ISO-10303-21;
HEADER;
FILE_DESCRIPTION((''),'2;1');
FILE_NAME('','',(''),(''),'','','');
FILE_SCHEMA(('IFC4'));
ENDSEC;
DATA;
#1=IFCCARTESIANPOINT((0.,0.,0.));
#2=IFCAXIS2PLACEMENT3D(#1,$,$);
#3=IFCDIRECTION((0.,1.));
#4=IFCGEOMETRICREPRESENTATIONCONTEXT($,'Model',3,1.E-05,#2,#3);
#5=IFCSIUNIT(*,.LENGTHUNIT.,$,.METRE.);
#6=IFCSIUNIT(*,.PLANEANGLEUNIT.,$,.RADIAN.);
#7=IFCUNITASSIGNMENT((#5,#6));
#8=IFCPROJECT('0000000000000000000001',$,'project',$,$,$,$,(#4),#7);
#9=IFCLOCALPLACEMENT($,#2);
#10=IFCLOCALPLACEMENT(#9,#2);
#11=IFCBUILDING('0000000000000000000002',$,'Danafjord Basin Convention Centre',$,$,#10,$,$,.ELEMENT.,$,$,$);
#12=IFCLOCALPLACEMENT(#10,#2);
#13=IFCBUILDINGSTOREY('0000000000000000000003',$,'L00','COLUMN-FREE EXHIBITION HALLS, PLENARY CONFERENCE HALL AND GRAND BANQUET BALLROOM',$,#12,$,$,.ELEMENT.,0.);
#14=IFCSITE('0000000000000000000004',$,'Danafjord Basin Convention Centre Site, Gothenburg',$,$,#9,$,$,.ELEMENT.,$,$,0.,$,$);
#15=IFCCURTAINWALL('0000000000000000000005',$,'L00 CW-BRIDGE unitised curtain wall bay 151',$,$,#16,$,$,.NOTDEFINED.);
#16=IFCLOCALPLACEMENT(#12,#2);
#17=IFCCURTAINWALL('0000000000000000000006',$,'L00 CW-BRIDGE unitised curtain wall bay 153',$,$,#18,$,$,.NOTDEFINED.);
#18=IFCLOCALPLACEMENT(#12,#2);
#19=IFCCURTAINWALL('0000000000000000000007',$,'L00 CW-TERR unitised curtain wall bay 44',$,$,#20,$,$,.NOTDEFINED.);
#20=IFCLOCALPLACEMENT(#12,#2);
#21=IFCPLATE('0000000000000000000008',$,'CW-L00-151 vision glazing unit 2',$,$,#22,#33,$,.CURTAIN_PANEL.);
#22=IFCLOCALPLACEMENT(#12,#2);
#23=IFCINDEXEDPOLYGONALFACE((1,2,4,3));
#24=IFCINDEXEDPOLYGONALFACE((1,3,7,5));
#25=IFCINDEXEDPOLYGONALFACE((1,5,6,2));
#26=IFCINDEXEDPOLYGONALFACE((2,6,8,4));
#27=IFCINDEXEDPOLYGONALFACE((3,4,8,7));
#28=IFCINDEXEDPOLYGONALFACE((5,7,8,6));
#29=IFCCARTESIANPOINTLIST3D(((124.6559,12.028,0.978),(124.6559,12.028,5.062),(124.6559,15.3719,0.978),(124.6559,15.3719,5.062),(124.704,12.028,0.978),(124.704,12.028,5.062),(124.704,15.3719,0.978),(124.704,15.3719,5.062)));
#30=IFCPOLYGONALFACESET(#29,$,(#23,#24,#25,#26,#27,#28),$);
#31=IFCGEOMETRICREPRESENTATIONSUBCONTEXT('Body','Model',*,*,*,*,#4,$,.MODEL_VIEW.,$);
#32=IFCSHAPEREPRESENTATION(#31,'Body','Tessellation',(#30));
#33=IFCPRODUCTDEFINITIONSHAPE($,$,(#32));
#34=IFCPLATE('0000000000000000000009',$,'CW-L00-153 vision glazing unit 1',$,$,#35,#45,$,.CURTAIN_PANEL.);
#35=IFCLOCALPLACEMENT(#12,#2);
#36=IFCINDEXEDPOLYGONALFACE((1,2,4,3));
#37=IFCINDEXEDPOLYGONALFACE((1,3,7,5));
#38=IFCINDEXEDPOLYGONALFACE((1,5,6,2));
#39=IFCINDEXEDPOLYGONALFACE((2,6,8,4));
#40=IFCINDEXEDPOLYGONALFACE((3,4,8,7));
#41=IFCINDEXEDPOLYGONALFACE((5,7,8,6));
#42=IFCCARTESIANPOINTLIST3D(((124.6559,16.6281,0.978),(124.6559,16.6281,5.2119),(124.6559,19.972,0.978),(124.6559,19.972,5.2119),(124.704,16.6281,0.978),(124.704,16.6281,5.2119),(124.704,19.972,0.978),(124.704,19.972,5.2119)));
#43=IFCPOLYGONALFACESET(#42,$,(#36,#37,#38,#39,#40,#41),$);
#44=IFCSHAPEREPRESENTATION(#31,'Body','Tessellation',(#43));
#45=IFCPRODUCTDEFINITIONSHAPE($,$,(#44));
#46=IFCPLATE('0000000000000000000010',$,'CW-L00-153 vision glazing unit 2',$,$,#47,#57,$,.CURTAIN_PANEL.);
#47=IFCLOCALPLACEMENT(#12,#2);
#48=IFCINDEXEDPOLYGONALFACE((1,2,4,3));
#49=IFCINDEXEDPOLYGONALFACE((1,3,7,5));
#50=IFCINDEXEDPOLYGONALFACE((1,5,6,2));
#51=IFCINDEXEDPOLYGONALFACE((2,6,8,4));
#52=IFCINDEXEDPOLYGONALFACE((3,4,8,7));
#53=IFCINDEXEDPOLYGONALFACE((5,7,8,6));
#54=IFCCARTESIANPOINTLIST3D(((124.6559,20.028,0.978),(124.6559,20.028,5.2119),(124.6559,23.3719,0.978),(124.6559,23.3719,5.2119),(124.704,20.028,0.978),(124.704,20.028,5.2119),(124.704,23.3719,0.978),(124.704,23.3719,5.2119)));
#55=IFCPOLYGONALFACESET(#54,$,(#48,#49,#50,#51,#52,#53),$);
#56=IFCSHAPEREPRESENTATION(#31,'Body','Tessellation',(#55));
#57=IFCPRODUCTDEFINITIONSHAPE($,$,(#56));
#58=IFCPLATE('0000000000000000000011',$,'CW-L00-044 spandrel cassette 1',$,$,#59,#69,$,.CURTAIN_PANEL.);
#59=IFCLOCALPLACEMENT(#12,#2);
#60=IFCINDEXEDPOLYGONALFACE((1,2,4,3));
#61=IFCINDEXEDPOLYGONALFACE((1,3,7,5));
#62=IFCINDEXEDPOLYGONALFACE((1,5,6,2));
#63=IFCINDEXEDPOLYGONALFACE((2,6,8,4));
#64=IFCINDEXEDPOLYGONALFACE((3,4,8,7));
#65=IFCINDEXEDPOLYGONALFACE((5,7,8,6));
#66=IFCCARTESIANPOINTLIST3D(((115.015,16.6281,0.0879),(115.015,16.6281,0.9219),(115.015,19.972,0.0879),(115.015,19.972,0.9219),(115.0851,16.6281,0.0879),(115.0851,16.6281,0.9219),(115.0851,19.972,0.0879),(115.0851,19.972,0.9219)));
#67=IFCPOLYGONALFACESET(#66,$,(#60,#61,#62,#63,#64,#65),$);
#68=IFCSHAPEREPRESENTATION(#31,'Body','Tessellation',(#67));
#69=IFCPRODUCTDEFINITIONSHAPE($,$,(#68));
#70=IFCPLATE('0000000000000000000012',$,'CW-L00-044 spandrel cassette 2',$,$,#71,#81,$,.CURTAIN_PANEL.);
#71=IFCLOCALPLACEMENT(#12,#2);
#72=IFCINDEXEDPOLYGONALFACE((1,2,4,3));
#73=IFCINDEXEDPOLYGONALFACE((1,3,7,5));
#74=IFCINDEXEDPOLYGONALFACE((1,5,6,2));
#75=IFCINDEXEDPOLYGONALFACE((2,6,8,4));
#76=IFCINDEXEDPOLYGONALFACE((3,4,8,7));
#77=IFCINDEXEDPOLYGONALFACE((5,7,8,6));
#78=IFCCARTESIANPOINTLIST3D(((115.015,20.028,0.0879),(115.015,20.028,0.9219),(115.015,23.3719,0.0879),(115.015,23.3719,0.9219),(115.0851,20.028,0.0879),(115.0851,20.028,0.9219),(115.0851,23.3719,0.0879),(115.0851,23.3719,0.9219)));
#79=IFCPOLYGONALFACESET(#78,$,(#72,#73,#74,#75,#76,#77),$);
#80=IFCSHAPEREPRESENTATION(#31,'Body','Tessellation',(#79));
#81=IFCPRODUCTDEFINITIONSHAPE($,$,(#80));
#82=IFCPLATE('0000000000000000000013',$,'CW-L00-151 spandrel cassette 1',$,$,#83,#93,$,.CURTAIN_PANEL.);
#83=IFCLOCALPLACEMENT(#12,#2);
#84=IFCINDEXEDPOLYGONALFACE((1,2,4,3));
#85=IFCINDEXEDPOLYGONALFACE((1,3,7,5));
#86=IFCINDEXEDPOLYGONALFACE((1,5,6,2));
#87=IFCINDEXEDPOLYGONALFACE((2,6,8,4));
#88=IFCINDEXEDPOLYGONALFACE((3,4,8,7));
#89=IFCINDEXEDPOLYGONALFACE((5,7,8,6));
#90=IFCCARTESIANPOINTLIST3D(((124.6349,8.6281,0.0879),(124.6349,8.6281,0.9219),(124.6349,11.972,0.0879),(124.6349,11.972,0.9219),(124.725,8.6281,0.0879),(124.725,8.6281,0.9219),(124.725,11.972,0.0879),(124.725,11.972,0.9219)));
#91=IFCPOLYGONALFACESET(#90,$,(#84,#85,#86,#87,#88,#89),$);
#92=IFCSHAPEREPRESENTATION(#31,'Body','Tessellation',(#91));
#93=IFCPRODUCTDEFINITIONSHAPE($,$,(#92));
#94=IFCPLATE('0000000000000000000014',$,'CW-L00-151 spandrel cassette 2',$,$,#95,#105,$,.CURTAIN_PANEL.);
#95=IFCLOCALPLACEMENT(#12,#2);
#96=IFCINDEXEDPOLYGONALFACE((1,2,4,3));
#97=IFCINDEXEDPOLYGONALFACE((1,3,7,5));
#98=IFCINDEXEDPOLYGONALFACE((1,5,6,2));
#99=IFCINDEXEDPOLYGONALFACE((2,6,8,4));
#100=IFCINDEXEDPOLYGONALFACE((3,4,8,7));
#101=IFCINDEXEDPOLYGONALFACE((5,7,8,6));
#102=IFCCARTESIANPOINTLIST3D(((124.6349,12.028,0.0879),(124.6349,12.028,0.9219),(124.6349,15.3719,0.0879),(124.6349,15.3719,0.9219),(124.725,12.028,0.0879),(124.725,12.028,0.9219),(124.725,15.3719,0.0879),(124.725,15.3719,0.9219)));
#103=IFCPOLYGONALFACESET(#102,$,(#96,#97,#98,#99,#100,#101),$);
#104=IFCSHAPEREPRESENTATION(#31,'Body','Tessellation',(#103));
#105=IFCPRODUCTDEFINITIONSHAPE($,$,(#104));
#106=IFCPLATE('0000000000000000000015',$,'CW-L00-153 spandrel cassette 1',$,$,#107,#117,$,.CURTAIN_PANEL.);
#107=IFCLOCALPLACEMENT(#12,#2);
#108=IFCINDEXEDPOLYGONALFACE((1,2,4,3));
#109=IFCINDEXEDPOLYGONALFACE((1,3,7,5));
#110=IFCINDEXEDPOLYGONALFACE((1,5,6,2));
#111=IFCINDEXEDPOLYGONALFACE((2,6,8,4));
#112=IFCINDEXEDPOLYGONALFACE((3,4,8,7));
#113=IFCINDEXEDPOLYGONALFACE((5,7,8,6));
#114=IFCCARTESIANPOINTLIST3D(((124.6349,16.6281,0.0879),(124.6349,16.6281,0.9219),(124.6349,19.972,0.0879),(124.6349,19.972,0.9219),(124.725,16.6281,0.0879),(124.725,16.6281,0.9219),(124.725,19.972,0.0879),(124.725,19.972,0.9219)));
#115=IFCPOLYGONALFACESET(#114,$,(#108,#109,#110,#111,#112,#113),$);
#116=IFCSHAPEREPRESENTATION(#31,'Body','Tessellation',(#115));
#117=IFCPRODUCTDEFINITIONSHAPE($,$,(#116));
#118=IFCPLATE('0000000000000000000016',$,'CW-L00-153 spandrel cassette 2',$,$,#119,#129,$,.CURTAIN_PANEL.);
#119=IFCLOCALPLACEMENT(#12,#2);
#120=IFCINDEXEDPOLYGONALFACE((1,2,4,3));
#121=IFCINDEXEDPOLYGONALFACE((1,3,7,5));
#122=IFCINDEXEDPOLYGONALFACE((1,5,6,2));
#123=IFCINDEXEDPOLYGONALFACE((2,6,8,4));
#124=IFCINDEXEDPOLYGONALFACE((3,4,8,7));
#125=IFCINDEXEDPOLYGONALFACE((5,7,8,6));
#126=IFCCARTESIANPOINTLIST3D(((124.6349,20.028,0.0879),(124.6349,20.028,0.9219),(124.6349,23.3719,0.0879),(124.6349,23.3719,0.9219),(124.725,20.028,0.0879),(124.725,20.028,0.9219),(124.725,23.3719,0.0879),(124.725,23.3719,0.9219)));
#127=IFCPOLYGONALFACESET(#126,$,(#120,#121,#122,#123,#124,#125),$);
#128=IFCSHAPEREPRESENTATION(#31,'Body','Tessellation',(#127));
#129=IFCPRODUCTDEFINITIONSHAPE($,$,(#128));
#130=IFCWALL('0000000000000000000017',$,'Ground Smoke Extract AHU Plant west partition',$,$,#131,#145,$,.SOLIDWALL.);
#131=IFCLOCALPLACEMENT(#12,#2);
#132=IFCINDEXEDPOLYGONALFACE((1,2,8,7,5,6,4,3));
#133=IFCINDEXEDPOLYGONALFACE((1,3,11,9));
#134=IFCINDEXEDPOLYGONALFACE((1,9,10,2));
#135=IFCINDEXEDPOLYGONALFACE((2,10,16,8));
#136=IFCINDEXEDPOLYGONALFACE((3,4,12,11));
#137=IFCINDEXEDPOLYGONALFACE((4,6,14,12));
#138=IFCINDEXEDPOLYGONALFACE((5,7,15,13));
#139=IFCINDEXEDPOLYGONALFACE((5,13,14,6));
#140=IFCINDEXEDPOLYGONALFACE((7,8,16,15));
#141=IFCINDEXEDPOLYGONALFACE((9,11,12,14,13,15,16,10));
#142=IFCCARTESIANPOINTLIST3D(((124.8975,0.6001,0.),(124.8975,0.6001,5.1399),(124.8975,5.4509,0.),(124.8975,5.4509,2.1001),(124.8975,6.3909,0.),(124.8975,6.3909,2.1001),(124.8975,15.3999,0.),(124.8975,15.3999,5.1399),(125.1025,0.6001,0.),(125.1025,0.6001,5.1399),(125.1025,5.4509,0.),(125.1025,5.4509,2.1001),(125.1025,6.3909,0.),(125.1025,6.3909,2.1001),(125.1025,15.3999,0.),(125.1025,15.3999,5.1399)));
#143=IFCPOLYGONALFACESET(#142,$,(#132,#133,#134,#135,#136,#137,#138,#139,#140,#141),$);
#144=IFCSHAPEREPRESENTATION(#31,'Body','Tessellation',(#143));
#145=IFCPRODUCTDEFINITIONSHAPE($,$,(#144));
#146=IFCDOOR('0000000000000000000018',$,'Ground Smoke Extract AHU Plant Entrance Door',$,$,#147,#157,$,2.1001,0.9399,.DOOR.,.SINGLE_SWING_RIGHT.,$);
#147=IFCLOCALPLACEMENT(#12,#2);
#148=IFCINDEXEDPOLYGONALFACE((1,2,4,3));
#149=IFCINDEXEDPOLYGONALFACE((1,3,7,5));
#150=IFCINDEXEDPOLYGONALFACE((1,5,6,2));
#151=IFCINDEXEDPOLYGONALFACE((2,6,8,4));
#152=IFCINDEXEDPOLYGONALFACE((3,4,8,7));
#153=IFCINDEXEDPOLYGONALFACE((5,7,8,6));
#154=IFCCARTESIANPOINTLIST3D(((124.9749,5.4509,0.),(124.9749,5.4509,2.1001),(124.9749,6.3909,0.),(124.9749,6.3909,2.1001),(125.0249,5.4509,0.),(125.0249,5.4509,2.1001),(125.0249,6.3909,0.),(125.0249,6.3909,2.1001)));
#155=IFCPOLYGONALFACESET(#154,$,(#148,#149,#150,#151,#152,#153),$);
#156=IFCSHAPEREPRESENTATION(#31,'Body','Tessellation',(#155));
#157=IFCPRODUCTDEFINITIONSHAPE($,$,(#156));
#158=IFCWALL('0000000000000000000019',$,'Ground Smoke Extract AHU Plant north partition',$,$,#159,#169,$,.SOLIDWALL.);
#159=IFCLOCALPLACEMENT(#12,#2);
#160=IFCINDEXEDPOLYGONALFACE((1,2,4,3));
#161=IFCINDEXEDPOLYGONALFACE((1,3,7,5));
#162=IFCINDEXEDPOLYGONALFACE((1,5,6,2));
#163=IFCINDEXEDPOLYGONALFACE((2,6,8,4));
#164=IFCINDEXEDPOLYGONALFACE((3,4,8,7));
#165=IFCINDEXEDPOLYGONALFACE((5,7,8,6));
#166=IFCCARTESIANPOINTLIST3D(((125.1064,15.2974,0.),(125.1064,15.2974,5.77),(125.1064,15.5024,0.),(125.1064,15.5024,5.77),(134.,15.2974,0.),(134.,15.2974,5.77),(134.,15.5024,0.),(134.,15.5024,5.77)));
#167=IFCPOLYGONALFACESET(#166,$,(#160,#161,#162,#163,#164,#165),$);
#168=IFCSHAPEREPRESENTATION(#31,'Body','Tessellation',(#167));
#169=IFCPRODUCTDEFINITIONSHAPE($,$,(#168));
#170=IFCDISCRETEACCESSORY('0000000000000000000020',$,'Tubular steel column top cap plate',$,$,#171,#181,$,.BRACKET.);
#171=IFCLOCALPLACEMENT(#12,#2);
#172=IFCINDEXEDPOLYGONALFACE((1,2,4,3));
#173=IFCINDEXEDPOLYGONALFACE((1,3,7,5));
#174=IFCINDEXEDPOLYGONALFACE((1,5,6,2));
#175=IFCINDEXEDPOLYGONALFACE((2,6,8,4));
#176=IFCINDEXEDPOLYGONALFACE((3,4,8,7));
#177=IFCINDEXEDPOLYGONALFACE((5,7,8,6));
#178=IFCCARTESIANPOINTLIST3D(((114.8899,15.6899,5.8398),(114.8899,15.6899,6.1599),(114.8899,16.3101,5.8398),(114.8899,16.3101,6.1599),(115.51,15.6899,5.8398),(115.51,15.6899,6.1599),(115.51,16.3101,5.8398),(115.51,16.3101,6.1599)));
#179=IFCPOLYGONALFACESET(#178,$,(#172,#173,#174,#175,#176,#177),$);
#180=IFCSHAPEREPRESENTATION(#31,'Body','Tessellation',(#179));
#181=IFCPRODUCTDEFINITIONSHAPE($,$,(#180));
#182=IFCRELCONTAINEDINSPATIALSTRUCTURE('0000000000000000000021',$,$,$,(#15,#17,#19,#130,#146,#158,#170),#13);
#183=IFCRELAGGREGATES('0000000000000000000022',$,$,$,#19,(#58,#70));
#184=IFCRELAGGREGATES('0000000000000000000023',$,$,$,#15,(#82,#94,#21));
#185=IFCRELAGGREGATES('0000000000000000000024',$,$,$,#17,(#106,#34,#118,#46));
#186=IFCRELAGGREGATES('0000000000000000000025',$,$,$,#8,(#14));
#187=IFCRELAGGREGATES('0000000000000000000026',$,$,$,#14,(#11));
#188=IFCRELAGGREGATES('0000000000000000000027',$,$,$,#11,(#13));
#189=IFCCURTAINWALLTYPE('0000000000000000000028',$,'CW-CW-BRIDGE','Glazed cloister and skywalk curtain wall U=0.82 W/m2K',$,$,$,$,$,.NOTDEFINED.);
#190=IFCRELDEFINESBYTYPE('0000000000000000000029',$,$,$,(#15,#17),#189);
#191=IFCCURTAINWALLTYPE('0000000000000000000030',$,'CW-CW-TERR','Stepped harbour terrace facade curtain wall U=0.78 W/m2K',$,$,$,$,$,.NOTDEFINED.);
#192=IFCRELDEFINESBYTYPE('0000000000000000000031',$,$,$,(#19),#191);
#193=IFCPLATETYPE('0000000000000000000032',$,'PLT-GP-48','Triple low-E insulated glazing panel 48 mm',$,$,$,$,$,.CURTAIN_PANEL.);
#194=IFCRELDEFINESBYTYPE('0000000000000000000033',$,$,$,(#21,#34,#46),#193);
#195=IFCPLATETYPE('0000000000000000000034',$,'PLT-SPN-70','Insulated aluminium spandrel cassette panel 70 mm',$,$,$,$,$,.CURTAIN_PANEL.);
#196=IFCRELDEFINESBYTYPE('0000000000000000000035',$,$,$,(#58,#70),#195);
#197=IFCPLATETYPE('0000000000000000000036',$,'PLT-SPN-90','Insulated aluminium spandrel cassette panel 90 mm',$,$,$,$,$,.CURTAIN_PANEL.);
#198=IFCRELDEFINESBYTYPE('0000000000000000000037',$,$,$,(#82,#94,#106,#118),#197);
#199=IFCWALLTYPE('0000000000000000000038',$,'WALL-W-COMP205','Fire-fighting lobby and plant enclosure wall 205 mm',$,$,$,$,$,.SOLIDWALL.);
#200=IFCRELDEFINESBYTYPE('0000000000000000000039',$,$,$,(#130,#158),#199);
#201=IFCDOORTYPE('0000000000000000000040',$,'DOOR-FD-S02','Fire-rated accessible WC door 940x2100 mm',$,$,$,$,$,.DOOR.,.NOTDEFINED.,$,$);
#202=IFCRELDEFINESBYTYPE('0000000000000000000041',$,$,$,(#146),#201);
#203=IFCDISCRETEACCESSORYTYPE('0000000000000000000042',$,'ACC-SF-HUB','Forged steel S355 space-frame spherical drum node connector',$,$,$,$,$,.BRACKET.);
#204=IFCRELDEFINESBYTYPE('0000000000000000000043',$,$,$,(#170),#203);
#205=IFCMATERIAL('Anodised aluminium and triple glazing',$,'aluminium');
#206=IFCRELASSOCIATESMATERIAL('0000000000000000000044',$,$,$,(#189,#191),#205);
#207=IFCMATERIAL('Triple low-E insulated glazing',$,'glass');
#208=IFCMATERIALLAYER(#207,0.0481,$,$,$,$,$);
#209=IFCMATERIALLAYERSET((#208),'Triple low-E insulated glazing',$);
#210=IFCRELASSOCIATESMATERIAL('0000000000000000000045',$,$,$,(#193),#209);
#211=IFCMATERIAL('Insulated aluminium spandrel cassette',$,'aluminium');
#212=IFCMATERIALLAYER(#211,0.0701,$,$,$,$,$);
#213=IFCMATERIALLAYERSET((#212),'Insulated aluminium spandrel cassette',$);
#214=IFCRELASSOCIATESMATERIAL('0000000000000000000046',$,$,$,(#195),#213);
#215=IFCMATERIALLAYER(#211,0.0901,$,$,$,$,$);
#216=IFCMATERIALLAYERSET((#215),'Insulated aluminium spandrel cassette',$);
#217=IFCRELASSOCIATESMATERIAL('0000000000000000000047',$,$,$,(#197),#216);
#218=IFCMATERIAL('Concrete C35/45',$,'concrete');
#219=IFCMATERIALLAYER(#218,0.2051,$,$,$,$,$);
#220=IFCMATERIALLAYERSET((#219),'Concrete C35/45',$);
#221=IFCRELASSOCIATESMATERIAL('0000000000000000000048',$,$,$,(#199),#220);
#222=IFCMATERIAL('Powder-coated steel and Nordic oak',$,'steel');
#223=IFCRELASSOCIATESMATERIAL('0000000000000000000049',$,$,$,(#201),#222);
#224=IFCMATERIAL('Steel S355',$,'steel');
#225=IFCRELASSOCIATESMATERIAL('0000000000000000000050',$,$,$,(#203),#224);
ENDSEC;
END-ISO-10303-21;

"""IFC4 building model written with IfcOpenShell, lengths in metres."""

from ifc_helpers import new_model, si_unit, direction, frame, frame_2d, origin, origin_2d, place, context, subcontext, project, spatial, rectangle, extrude, material, layer, layer_set, type_object, element, fill, aggregate, save


model = new_model("IFC4")

# Units and contexts
model_context = context("Model", 3, precision=1e-05, world=origin(), true_north=direction((0.0, 1.0)))
body_context = subcontext(model_context, "Body", "Model", "MODEL_VIEW")
ifc_project = project(units=[si_unit("LENGTHUNIT", "METRE"), si_unit("PLANEANGLEUNIT", "RADIAN")], contexts=[model_context])

# Site, building, storey
site_placement = place(None, origin())
site = spatial("IfcSite", under=ifc_project, at=site_placement, Name="Danafjord Basin Convention Centre Site, Gothenburg", CompositionType="ELEMENT", RefElevation=0.0)
building_placement = place(site_placement, origin())
building = spatial("IfcBuilding", under=site, at=building_placement, Name="Danafjord Basin Convention Centre", CompositionType="ELEMENT")
storey_placement = place(building_placement, origin())
storey = spatial("IfcBuildingStorey", under=building, at=storey_placement, Name="L00", Description="COLUMN-FREE EXHIBITION HALLS, PLENARY CONFERENCE HALL AND GRAND BANQUET BALLROOM", CompositionType="ELEMENT", Elevation=0.0)

# Shared definitions
ifc_material_1 = material(Name="Steel S355", Category="steel")

# Curtain walls
ifc_material_2 = material(Name="Anodised aluminium and triple glazing", Category="aluminium")
curtain_wall_type_1 = type_object("IfcCurtainWallType", Name="CW-CW-BRIDGE", Description="Glazed cloister and skywalk curtain wall U=0.82 W/m2K", PredefinedType="NOTDEFINED", material=ifc_material_2)
curtain_wall_1_placement = place(storey_placement, origin())
curtain_wall_1 = element("IfcCurtainWall", 1, at=curtain_wall_1_placement, inside=storey, type_object=curtain_wall_type_1, Name="L00 CW-BRIDGE unitised curtain wall bay 151", PredefinedType="NOTDEFINED")
curtain_wall_2_placement = place(storey_placement, origin())
curtain_wall_2 = element("IfcCurtainWall", 2, at=curtain_wall_2_placement, inside=storey, type_object=curtain_wall_type_1, Name="L00 CW-BRIDGE unitised curtain wall bay 153", PredefinedType="NOTDEFINED")

# Curtain wall
curtain_wall_type_2 = type_object("IfcCurtainWallType", Name="CW-CW-TERR", Description="Stepped harbour terrace facade curtain wall U=0.78 W/m2K", PredefinedType="NOTDEFINED", material=ifc_material_2)
curtain_wall_3_placement = place(storey_placement, origin())
curtain_wall_3 = element("IfcCurtainWall", 3, at=curtain_wall_3_placement, inside=storey, type_object=curtain_wall_type_2, Name="L00 CW-TERR unitised curtain wall bay 44", PredefinedType="NOTDEFINED")
ifc_material_3 = material(Name="Triple low-E insulated glazing", Category="glass")

# Plates
ifc_layer_1 = layer(ifc_material_3, 0.0481)
ifc_layer_set_1 = layer_set([ifc_layer_1], Name="Triple low-E insulated glazing")
plate_type_1 = type_object("IfcPlateType", Name="PLT-GP-48", Description="Triple low-E insulated glazing panel 48 mm", PredefinedType="CURTAIN_PANEL", material=ifc_layer_set_1)
plate_1_placement = place(storey_placement, frame((124.6799, 13.7, 0.978), z_axis=(0.0, 0.0, 1.0), x_axis=(0.0, 1.0, 0.0)))
plate_1 = element("IfcPlate", 4, at=plate_1_placement, type_object=plate_type_1, Name="CW-L00-151 vision glazing unit 2", PredefinedType="CURTAIN_PANEL", context=body_context, shape_type="SweptSolid", body=[
    extrude(rectangle(XDim=3.344, YDim=0.0481, at=origin_2d()), origin(), (0.0, 0.0, 1.0), 4.084),
])
plate_2_placement = place(storey_placement, frame((124.6799, 18.3, 0.978), z_axis=(0.0, 0.0, 1.0), x_axis=(0.0, 1.0, 0.0)))
plate_2 = element("IfcPlate", 5, at=plate_2_placement, type_object=plate_type_1, Name="CW-L00-153 vision glazing unit 1", PredefinedType="CURTAIN_PANEL", context=body_context, shape_type="SweptSolid", body=[
    extrude(rectangle(XDim=3.344, YDim=0.0481, at=origin_2d()), origin(), (0.0, 0.0, 1.0), 4.2339),
])
plate_3_placement = place(storey_placement, frame((124.6799, 21.7, 0.978), z_axis=(0.0, 0.0, 1.0), x_axis=(0.0, 1.0, 0.0)))
plate_3 = element("IfcPlate", 6, at=plate_3_placement, type_object=plate_type_1, Name="CW-L00-153 vision glazing unit 2", PredefinedType="CURTAIN_PANEL", context=body_context, shape_type="SweptSolid", body=[
    extrude(rectangle(XDim=3.344, YDim=0.0481, at=origin_2d()), origin(), (0.0, 0.0, 1.0), 4.2339),
])
ifc_material_4 = material(Name="Insulated aluminium spandrel cassette", Category="aluminium")
ifc_layer_2 = layer(ifc_material_4, 0.0701)
ifc_layer_set_2 = layer_set([ifc_layer_2], Name="Insulated aluminium spandrel cassette")
plate_type_2 = type_object("IfcPlateType", Name="PLT-SPN-70", Description="Insulated aluminium spandrel cassette panel 70 mm", PredefinedType="CURTAIN_PANEL", material=ifc_layer_set_2)
plate_4_placement = place(storey_placement, frame((115.05, 18.3, 0.0879), z_axis=(0.0, 0.0, 1.0), x_axis=(0.0, 1.0, 0.0)))
plate_4 = element("IfcPlate", 7, at=plate_4_placement, type_object=plate_type_2, Name="CW-L00-044 spandrel cassette 1", PredefinedType="CURTAIN_PANEL", context=body_context, shape_type="SweptSolid", body=[
    extrude(rectangle(XDim=3.344, YDim=0.0701, at=origin_2d()), origin(), (0.0, 0.0, 1.0), 0.834),
])
plate_5_placement = place(storey_placement, frame((115.05, 21.7, 0.0879), z_axis=(0.0, 0.0, 1.0), x_axis=(0.0, 1.0, 0.0)))
plate_5 = element("IfcPlate", 8, at=plate_5_placement, type_object=plate_type_2, Name="CW-L00-044 spandrel cassette 2", PredefinedType="CURTAIN_PANEL", context=body_context, shape_type="SweptSolid", body=[
    extrude(rectangle(XDim=3.344, YDim=0.0701, at=origin_2d()), origin(), (0.0, 0.0, 1.0), 0.834),
])
aggregate(curtain_wall_3, [plate_4, plate_5])
ifc_layer_3 = layer(ifc_material_4, 0.0901)
ifc_layer_set_3 = layer_set([ifc_layer_3], Name="Insulated aluminium spandrel cassette")
plate_type_3 = type_object("IfcPlateType", Name="PLT-SPN-90", Description="Insulated aluminium spandrel cassette panel 90 mm", PredefinedType="CURTAIN_PANEL", material=ifc_layer_set_3)
plate_6_placement = place(storey_placement, frame((124.6799, 10.3, 0.0879), z_axis=(0.0, 0.0, 1.0), x_axis=(0.0, 1.0, 0.0)))
plate_6 = element("IfcPlate", 9, at=plate_6_placement, type_object=plate_type_3, Name="CW-L00-151 spandrel cassette 1", PredefinedType="CURTAIN_PANEL", context=body_context, shape_type="SweptSolid", body=[
    extrude(rectangle(XDim=3.344, YDim=0.0901, at=origin_2d()), origin(), (0.0, 0.0, 1.0), 0.834),
])
plate_7_placement = place(storey_placement, frame((124.6799, 13.7, 0.0879), z_axis=(0.0, 0.0, 1.0), x_axis=(0.0, 1.0, 0.0)))
plate_7 = element("IfcPlate", 10, at=plate_7_placement, type_object=plate_type_3, Name="CW-L00-151 spandrel cassette 2", PredefinedType="CURTAIN_PANEL", context=body_context, shape_type="SweptSolid", body=[
    extrude(rectangle(XDim=3.344, YDim=0.0901, at=origin_2d()), origin(), (0.0, 0.0, 1.0), 0.834),
])
aggregate(curtain_wall_1, [plate_6, plate_7, plate_1])
plate_8_placement = place(storey_placement, frame((124.6799, 18.3, 0.0879), z_axis=(0.0, 0.0, 1.0), x_axis=(0.0, 1.0, 0.0)))
plate_8 = element("IfcPlate", 11, at=plate_8_placement, type_object=plate_type_3, Name="CW-L00-153 spandrel cassette 1", PredefinedType="CURTAIN_PANEL", context=body_context, shape_type="SweptSolid", body=[
    extrude(rectangle(XDim=3.344, YDim=0.0901, at=origin_2d()), origin(), (0.0, 0.0, 1.0), 0.834),
])
plate_9_placement = place(storey_placement, frame((124.6799, 21.7, 0.0879), z_axis=(0.0, 0.0, 1.0), x_axis=(0.0, 1.0, 0.0)))
plate_9 = element("IfcPlate", 12, at=plate_9_placement, type_object=plate_type_3, Name="CW-L00-153 spandrel cassette 2", PredefinedType="CURTAIN_PANEL", context=body_context, shape_type="SweptSolid", body=[
    extrude(rectangle(XDim=3.344, YDim=0.0901, at=origin_2d()), origin(), (0.0, 0.0, 1.0), 0.834),
])
aggregate(curtain_wall_2, [plate_8, plate_2, plate_9, plate_3])

# Wall, opening, door
ifc_material_5 = material(Name="Concrete C35/45", Category="concrete")
ifc_layer_4 = layer(ifc_material_5, 0.2051)
ifc_layer_set_4 = layer_set([ifc_layer_4], Name="Concrete C35/45")
wall_type = type_object("IfcWallType", Name="WALL-W-COMP205", Description="Fire-fighting lobby and plant enclosure wall 205 mm", PredefinedType="SOLIDWALL", material=ifc_layer_set_4)
wall_1_placement = place(storey_placement, frame((125.0, 15.3999, 0.0), z_axis=(0.0, 0.0, 1.0), x_axis=(0.0, -1.0, 0.0)))
wall_1 = element("IfcWall", 13, at=wall_1_placement, inside=storey, type_object=wall_type, Name="Ground Smoke Extract AHU Plant west partition", PredefinedType="SOLIDWALL", context=body_context, shape_type="SweptSolid", body=[
    extrude(rectangle(XDim=14.7998, YDim=0.2051, at=frame_2d((7.3999, 0.0))), origin(), (0.0, 0.0, 1.0), 5.1399),
])
opening_placement = place(wall_1_placement, frame((9.009, 0.0, 0.0)))
opening = element("IfcOpeningElement", 14, at=opening_placement, cuts=wall_1, PredefinedType="OPENING", context=body_context, shape_type="SweptSolid", body=[
    extrude(rectangle(XDim=0.9399, YDim=2.1001, at=frame_2d((0.47, 1.05))), frame((0.0, 0.1125, 0.0), z_axis=(0.0, -1.0, 0.0), x_axis=(1.0, 0.0, 0.0)), (0.0, 0.0, 1.0), 0.2251),
])
ifc_material_6 = material(Name="Powder-coated steel and Nordic oak", Category="steel")
door_type = type_object("IfcDoorType", Name="DOOR-FD-S02", Description="Fire-rated accessible WC door 940x2100 mm", OperationType="NOTDEFINED", PredefinedType="DOOR", material=ifc_material_6)
door_placement = place(opening_placement, origin())
door = element("IfcDoor", 15, at=door_placement, inside=storey, type_object=door_type, Name="Ground Smoke Extract AHU Plant Entrance Door", OperationType="SINGLE_SWING_RIGHT", OverallHeight=2.1001, OverallWidth=0.9399, PredefinedType="DOOR", context=body_context, shape_type="SweptSolid", body=[
    extrude(rectangle(XDim=0.9399, YDim=2.1001, at=frame_2d((0.47, 1.05))), frame((0.0, 0.0249, 0.0), z_axis=(0.0, -1.0, 0.0), x_axis=(1.0, 0.0, 0.0)), (0.0, 0.0, 1.0), 0.05),
])
fill(opening, door)

# Wall
wall_2_placement = place(storey_placement, frame((134.0, 15.3999, 0.0), z_axis=(0.0, 0.0, 1.0), x_axis=(-1.0, 0.0, 0.0)))
element("IfcWall", 16, at=wall_2_placement, inside=storey, type_object=wall_type, Name="Ground Smoke Extract AHU Plant north partition", PredefinedType="SOLIDWALL", context=body_context, shape_type="SweptSolid", body=[
    extrude(rectangle(XDim=8.8936, YDim=0.2051, at=frame_2d((4.4468, 0.0))), origin(), (0.0, 0.0, 1.0), 5.77),
])

# Discrete accessory
discrete_accessory_type = type_object("IfcDiscreteAccessoryType", Name="ACC-SF-HUB", Description="Forged steel S355 space-frame spherical drum node connector", PredefinedType="BRACKET", material=ifc_material_1)
discrete_accessory_placement = place(storey_placement, frame((115.2, 16.0, 5.8398), z_axis=(0.0, 0.0, 1.0), x_axis=(1.0, 0.0, 0.0)))
element("IfcDiscreteAccessory", 17, at=discrete_accessory_placement, inside=storey, type_object=discrete_accessory_type, Name="Tubular steel column top cap plate", PredefinedType="BRACKET", context=body_context, shape_type="SweptSolid", body=[
    extrude(rectangle(XDim=0.6201, YDim=0.6201, at=origin_2d()), origin(), (0.0, 0.0, 1.0), 0.3201),
])

save(model, "model.ifc")
